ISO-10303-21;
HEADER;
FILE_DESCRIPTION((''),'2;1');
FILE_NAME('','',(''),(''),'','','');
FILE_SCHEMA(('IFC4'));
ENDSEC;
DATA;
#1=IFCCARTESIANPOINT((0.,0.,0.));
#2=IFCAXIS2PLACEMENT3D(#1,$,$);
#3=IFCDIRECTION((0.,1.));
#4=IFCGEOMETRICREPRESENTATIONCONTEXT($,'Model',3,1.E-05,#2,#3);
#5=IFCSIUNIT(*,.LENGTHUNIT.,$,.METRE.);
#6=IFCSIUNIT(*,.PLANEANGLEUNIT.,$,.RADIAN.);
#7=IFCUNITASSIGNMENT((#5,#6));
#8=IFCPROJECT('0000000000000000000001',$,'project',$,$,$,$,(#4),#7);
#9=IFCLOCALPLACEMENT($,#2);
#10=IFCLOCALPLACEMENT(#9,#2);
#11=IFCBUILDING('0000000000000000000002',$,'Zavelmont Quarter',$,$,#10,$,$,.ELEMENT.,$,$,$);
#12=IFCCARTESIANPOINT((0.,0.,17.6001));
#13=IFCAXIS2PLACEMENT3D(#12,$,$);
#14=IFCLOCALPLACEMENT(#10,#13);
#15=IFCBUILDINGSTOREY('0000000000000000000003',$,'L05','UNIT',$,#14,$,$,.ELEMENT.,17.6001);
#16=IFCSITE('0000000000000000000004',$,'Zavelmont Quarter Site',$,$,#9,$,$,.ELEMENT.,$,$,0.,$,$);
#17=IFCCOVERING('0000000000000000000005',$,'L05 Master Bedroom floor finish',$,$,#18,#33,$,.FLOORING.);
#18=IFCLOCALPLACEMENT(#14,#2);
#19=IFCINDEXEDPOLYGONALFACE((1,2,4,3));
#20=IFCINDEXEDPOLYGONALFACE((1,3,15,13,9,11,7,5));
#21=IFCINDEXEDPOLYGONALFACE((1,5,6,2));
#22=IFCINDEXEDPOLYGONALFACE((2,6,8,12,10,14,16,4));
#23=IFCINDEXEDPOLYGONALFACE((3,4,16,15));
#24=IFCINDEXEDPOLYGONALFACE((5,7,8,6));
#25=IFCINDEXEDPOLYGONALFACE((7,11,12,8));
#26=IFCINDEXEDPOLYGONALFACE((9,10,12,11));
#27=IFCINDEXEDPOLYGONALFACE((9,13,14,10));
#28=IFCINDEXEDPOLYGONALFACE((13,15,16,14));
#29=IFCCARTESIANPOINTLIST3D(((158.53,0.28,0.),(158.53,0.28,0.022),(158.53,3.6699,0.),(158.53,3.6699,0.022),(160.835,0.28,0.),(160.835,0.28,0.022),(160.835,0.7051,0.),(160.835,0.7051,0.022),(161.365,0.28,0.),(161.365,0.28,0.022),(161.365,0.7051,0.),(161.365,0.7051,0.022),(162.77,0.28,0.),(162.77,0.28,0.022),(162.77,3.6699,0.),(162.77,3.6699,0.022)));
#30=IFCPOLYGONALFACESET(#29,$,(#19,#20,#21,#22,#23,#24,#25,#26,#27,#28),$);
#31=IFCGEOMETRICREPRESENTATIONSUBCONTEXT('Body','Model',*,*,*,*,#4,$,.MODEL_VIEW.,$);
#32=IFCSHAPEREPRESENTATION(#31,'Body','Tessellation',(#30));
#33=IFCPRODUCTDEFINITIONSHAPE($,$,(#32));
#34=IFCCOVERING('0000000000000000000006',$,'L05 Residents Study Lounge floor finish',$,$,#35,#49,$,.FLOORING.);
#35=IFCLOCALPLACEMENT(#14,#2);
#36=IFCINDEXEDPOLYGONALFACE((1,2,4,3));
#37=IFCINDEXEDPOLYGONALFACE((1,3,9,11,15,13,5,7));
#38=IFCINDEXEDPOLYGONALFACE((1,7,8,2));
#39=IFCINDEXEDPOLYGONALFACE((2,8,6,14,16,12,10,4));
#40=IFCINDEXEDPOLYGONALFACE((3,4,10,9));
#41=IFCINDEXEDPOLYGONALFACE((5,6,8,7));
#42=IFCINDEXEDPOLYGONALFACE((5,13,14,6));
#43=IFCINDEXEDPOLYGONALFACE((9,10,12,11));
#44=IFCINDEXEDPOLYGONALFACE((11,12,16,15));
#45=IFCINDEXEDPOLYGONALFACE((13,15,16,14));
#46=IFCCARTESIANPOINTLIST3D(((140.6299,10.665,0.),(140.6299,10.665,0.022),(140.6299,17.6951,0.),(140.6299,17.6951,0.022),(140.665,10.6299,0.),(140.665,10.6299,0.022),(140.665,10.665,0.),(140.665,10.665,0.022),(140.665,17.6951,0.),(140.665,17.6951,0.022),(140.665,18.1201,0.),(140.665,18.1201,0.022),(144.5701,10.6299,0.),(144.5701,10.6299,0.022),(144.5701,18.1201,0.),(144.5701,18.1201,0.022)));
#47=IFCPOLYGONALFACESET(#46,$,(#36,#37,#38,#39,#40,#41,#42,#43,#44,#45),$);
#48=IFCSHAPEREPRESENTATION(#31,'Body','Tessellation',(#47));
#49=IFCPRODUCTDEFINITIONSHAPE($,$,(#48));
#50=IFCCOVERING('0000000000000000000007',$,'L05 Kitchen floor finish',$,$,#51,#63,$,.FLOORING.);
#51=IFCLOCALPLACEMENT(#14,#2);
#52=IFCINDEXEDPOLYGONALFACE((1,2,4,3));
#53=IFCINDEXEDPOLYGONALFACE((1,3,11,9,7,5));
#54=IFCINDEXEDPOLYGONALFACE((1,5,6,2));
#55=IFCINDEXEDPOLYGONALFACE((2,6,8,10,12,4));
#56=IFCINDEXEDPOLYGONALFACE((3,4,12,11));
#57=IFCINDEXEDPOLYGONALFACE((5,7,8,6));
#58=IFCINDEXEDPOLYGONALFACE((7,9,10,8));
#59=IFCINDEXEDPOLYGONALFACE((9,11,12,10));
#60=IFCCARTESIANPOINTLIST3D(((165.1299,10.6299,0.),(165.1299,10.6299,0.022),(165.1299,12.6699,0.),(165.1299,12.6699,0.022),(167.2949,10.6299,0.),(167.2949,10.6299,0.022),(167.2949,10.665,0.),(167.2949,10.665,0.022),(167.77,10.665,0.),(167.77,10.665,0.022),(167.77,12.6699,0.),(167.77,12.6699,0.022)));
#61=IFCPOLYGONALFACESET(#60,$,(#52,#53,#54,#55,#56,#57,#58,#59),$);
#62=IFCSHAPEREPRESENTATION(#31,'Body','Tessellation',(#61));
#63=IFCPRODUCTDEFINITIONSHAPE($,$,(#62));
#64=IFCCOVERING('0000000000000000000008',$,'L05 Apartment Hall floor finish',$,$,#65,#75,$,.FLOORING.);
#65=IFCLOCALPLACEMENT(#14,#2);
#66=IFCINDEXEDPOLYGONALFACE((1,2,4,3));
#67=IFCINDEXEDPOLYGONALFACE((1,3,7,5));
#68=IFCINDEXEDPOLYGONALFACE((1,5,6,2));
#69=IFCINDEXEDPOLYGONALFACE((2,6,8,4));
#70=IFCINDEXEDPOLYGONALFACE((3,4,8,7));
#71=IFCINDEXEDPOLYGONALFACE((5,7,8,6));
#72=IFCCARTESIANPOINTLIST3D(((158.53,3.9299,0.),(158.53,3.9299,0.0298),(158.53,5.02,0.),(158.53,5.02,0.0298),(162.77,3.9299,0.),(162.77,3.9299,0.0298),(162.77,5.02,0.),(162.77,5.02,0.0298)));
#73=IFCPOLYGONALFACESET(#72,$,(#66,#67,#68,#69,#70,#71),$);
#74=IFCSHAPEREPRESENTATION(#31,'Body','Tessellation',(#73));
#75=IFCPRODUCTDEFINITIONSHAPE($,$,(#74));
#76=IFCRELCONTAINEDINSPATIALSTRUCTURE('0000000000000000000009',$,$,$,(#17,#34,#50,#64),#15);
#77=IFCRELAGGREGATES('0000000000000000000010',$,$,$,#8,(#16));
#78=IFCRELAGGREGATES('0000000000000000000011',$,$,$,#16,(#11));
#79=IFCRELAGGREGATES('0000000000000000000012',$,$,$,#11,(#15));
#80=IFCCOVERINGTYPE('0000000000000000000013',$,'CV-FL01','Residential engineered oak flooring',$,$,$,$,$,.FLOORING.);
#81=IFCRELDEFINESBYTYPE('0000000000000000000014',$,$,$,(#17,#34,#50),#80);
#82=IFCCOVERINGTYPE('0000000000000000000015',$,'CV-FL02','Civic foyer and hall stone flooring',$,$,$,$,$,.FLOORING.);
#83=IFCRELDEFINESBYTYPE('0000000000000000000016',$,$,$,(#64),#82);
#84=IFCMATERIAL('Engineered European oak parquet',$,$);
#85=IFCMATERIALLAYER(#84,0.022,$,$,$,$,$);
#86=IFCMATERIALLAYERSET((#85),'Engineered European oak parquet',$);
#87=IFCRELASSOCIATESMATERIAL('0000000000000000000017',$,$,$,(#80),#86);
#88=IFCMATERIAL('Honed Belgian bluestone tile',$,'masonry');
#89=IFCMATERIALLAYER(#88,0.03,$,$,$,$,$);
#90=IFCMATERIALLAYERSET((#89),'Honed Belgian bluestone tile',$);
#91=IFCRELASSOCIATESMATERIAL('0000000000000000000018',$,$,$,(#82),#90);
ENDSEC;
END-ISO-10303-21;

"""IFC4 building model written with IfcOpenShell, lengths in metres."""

from ifc_helpers import new_model, si_unit, direction, frame, origin, place, context, subcontext, project, spatial, polyline, outline, extrude, material, layer, layer_set, type_object, element, save


model = new_model("IFC4")

# Units and contexts
model_context = context("Model", 3, precision=1e-05, world=origin(), true_north=direction((0.0, 1.0)))
body_context = subcontext(model_context, "Body", "Model", "MODEL_VIEW")
ifc_project = project(units=[si_unit("LENGTHUNIT", "METRE"), si_unit("PLANEANGLEUNIT", "RADIAN")], contexts=[model_context])

# Site, building, storey
site_placement = place(None, origin())
site = spatial("IfcSite", under=ifc_project, at=site_placement, Name="Zavelmont Quarter Site", CompositionType="ELEMENT", RefElevation=0.0)
building_placement = place(site_placement, origin())
building = spatial("IfcBuilding", under=site, at=building_placement, Name="Zavelmont Quarter", CompositionType="ELEMENT")
storey_placement = place(building_placement, frame((0.0, 0.0, 17.6001)))
storey = spatial("IfcBuildingStorey", under=building, at=storey_placement, Name="L05", Description="UNIT", CompositionType="ELEMENT", Elevation=17.6001)

# Coverings
ifc_material_1 = material(Name="Engineered European oak parquet")
ifc_layer_1 = layer(ifc_material_1, 0.022)
ifc_layer_set_1 = layer_set([ifc_layer_1], Name="Engineered European oak parquet")
covering_type_1 = type_object("IfcCoveringType", Name="CV-FL01", Description="Residential engineered oak flooring", PredefinedType="FLOORING", material=ifc_layer_set_1)
covering_1_placement = place(storey_placement, origin())
element("IfcCovering", 1, at=covering_1_placement, inside=storey, type_object=covering_type_1, Name="L05 Master Bedroom floor finish", PredefinedType="FLOORING", context=body_context, shape_type="SweptSolid", body=[
    extrude(outline(polyline([(158.53, 3.6699), (162.77, 3.6699), (162.77, 0.28), (161.365, 0.28), (161.365, 0.7051), (160.835, 0.7051), (160.835, 0.28), (158.53, 0.28), (158.53, 3.6699)])), origin(), (0.0, 0.0, 1.0), 0.022),
])
covering_2_placement = place(storey_placement, origin())
element("IfcCovering", 2, at=covering_2_placement, inside=storey, type_object=covering_type_1, Name="L05 Residents Study Lounge floor finish", PredefinedType="FLOORING", context=body_context, shape_type="SweptSolid", body=[
    extrude(outline(polyline([(140.6299, 17.6951), (140.665, 17.6951), (140.665, 18.1201), (144.5701, 18.1201), (144.5701, 10.6299), (140.665, 10.6299), (140.665, 10.665), (140.6299, 10.665), (140.6299, 17.6951)])), origin(), (0.0, 0.0, 1.0), 0.022),
])
covering_3_placement = place(storey_placement, origin())
element("IfcCovering", 3, at=covering_3_placement, inside=storey, type_object=covering_type_1, Name="L05 Kitchen floor finish", PredefinedType="FLOORING", context=body_context, shape_type="SweptSolid", body=[
    extrude(outline(polyline([(165.1299, 12.6699), (167.77, 12.6699), (167.77, 10.665), (167.2949, 10.665), (167.2949, 10.6299), (165.1299, 10.6299), (165.1299, 12.6699)])), origin(), (0.0, 0.0, 1.0), 0.022),
])
ifc_material_2 = material(Name="Honed Belgian bluestone tile", Category="masonry")
ifc_layer_2 = layer(ifc_material_2, 0.03)
ifc_layer_set_2 = layer_set([ifc_layer_2], Name="Honed Belgian bluestone tile")
covering_type_2 = type_object("IfcCoveringType", Name="CV-FL02", Description="Civic foyer and hall stone flooring", PredefinedType="FLOORING", material=ifc_layer_set_2)
covering_4_placement = place(storey_placement, origin())
element("IfcCovering", 4, at=covering_4_placement, inside=storey, type_object=covering_type_2, Name="L05 Apartment Hall floor finish", PredefinedType="FLOORING", context=body_context, shape_type="SweptSolid", body=[
    extrude(outline(polyline([(158.53, 5.02), (162.77, 5.02), (162.77, 3.9299), (158.53, 3.9299), (158.53, 5.02)])), origin(), (0.0, 0.0, 1.0), 0.0298),
])

save(model, "model.ifc")
